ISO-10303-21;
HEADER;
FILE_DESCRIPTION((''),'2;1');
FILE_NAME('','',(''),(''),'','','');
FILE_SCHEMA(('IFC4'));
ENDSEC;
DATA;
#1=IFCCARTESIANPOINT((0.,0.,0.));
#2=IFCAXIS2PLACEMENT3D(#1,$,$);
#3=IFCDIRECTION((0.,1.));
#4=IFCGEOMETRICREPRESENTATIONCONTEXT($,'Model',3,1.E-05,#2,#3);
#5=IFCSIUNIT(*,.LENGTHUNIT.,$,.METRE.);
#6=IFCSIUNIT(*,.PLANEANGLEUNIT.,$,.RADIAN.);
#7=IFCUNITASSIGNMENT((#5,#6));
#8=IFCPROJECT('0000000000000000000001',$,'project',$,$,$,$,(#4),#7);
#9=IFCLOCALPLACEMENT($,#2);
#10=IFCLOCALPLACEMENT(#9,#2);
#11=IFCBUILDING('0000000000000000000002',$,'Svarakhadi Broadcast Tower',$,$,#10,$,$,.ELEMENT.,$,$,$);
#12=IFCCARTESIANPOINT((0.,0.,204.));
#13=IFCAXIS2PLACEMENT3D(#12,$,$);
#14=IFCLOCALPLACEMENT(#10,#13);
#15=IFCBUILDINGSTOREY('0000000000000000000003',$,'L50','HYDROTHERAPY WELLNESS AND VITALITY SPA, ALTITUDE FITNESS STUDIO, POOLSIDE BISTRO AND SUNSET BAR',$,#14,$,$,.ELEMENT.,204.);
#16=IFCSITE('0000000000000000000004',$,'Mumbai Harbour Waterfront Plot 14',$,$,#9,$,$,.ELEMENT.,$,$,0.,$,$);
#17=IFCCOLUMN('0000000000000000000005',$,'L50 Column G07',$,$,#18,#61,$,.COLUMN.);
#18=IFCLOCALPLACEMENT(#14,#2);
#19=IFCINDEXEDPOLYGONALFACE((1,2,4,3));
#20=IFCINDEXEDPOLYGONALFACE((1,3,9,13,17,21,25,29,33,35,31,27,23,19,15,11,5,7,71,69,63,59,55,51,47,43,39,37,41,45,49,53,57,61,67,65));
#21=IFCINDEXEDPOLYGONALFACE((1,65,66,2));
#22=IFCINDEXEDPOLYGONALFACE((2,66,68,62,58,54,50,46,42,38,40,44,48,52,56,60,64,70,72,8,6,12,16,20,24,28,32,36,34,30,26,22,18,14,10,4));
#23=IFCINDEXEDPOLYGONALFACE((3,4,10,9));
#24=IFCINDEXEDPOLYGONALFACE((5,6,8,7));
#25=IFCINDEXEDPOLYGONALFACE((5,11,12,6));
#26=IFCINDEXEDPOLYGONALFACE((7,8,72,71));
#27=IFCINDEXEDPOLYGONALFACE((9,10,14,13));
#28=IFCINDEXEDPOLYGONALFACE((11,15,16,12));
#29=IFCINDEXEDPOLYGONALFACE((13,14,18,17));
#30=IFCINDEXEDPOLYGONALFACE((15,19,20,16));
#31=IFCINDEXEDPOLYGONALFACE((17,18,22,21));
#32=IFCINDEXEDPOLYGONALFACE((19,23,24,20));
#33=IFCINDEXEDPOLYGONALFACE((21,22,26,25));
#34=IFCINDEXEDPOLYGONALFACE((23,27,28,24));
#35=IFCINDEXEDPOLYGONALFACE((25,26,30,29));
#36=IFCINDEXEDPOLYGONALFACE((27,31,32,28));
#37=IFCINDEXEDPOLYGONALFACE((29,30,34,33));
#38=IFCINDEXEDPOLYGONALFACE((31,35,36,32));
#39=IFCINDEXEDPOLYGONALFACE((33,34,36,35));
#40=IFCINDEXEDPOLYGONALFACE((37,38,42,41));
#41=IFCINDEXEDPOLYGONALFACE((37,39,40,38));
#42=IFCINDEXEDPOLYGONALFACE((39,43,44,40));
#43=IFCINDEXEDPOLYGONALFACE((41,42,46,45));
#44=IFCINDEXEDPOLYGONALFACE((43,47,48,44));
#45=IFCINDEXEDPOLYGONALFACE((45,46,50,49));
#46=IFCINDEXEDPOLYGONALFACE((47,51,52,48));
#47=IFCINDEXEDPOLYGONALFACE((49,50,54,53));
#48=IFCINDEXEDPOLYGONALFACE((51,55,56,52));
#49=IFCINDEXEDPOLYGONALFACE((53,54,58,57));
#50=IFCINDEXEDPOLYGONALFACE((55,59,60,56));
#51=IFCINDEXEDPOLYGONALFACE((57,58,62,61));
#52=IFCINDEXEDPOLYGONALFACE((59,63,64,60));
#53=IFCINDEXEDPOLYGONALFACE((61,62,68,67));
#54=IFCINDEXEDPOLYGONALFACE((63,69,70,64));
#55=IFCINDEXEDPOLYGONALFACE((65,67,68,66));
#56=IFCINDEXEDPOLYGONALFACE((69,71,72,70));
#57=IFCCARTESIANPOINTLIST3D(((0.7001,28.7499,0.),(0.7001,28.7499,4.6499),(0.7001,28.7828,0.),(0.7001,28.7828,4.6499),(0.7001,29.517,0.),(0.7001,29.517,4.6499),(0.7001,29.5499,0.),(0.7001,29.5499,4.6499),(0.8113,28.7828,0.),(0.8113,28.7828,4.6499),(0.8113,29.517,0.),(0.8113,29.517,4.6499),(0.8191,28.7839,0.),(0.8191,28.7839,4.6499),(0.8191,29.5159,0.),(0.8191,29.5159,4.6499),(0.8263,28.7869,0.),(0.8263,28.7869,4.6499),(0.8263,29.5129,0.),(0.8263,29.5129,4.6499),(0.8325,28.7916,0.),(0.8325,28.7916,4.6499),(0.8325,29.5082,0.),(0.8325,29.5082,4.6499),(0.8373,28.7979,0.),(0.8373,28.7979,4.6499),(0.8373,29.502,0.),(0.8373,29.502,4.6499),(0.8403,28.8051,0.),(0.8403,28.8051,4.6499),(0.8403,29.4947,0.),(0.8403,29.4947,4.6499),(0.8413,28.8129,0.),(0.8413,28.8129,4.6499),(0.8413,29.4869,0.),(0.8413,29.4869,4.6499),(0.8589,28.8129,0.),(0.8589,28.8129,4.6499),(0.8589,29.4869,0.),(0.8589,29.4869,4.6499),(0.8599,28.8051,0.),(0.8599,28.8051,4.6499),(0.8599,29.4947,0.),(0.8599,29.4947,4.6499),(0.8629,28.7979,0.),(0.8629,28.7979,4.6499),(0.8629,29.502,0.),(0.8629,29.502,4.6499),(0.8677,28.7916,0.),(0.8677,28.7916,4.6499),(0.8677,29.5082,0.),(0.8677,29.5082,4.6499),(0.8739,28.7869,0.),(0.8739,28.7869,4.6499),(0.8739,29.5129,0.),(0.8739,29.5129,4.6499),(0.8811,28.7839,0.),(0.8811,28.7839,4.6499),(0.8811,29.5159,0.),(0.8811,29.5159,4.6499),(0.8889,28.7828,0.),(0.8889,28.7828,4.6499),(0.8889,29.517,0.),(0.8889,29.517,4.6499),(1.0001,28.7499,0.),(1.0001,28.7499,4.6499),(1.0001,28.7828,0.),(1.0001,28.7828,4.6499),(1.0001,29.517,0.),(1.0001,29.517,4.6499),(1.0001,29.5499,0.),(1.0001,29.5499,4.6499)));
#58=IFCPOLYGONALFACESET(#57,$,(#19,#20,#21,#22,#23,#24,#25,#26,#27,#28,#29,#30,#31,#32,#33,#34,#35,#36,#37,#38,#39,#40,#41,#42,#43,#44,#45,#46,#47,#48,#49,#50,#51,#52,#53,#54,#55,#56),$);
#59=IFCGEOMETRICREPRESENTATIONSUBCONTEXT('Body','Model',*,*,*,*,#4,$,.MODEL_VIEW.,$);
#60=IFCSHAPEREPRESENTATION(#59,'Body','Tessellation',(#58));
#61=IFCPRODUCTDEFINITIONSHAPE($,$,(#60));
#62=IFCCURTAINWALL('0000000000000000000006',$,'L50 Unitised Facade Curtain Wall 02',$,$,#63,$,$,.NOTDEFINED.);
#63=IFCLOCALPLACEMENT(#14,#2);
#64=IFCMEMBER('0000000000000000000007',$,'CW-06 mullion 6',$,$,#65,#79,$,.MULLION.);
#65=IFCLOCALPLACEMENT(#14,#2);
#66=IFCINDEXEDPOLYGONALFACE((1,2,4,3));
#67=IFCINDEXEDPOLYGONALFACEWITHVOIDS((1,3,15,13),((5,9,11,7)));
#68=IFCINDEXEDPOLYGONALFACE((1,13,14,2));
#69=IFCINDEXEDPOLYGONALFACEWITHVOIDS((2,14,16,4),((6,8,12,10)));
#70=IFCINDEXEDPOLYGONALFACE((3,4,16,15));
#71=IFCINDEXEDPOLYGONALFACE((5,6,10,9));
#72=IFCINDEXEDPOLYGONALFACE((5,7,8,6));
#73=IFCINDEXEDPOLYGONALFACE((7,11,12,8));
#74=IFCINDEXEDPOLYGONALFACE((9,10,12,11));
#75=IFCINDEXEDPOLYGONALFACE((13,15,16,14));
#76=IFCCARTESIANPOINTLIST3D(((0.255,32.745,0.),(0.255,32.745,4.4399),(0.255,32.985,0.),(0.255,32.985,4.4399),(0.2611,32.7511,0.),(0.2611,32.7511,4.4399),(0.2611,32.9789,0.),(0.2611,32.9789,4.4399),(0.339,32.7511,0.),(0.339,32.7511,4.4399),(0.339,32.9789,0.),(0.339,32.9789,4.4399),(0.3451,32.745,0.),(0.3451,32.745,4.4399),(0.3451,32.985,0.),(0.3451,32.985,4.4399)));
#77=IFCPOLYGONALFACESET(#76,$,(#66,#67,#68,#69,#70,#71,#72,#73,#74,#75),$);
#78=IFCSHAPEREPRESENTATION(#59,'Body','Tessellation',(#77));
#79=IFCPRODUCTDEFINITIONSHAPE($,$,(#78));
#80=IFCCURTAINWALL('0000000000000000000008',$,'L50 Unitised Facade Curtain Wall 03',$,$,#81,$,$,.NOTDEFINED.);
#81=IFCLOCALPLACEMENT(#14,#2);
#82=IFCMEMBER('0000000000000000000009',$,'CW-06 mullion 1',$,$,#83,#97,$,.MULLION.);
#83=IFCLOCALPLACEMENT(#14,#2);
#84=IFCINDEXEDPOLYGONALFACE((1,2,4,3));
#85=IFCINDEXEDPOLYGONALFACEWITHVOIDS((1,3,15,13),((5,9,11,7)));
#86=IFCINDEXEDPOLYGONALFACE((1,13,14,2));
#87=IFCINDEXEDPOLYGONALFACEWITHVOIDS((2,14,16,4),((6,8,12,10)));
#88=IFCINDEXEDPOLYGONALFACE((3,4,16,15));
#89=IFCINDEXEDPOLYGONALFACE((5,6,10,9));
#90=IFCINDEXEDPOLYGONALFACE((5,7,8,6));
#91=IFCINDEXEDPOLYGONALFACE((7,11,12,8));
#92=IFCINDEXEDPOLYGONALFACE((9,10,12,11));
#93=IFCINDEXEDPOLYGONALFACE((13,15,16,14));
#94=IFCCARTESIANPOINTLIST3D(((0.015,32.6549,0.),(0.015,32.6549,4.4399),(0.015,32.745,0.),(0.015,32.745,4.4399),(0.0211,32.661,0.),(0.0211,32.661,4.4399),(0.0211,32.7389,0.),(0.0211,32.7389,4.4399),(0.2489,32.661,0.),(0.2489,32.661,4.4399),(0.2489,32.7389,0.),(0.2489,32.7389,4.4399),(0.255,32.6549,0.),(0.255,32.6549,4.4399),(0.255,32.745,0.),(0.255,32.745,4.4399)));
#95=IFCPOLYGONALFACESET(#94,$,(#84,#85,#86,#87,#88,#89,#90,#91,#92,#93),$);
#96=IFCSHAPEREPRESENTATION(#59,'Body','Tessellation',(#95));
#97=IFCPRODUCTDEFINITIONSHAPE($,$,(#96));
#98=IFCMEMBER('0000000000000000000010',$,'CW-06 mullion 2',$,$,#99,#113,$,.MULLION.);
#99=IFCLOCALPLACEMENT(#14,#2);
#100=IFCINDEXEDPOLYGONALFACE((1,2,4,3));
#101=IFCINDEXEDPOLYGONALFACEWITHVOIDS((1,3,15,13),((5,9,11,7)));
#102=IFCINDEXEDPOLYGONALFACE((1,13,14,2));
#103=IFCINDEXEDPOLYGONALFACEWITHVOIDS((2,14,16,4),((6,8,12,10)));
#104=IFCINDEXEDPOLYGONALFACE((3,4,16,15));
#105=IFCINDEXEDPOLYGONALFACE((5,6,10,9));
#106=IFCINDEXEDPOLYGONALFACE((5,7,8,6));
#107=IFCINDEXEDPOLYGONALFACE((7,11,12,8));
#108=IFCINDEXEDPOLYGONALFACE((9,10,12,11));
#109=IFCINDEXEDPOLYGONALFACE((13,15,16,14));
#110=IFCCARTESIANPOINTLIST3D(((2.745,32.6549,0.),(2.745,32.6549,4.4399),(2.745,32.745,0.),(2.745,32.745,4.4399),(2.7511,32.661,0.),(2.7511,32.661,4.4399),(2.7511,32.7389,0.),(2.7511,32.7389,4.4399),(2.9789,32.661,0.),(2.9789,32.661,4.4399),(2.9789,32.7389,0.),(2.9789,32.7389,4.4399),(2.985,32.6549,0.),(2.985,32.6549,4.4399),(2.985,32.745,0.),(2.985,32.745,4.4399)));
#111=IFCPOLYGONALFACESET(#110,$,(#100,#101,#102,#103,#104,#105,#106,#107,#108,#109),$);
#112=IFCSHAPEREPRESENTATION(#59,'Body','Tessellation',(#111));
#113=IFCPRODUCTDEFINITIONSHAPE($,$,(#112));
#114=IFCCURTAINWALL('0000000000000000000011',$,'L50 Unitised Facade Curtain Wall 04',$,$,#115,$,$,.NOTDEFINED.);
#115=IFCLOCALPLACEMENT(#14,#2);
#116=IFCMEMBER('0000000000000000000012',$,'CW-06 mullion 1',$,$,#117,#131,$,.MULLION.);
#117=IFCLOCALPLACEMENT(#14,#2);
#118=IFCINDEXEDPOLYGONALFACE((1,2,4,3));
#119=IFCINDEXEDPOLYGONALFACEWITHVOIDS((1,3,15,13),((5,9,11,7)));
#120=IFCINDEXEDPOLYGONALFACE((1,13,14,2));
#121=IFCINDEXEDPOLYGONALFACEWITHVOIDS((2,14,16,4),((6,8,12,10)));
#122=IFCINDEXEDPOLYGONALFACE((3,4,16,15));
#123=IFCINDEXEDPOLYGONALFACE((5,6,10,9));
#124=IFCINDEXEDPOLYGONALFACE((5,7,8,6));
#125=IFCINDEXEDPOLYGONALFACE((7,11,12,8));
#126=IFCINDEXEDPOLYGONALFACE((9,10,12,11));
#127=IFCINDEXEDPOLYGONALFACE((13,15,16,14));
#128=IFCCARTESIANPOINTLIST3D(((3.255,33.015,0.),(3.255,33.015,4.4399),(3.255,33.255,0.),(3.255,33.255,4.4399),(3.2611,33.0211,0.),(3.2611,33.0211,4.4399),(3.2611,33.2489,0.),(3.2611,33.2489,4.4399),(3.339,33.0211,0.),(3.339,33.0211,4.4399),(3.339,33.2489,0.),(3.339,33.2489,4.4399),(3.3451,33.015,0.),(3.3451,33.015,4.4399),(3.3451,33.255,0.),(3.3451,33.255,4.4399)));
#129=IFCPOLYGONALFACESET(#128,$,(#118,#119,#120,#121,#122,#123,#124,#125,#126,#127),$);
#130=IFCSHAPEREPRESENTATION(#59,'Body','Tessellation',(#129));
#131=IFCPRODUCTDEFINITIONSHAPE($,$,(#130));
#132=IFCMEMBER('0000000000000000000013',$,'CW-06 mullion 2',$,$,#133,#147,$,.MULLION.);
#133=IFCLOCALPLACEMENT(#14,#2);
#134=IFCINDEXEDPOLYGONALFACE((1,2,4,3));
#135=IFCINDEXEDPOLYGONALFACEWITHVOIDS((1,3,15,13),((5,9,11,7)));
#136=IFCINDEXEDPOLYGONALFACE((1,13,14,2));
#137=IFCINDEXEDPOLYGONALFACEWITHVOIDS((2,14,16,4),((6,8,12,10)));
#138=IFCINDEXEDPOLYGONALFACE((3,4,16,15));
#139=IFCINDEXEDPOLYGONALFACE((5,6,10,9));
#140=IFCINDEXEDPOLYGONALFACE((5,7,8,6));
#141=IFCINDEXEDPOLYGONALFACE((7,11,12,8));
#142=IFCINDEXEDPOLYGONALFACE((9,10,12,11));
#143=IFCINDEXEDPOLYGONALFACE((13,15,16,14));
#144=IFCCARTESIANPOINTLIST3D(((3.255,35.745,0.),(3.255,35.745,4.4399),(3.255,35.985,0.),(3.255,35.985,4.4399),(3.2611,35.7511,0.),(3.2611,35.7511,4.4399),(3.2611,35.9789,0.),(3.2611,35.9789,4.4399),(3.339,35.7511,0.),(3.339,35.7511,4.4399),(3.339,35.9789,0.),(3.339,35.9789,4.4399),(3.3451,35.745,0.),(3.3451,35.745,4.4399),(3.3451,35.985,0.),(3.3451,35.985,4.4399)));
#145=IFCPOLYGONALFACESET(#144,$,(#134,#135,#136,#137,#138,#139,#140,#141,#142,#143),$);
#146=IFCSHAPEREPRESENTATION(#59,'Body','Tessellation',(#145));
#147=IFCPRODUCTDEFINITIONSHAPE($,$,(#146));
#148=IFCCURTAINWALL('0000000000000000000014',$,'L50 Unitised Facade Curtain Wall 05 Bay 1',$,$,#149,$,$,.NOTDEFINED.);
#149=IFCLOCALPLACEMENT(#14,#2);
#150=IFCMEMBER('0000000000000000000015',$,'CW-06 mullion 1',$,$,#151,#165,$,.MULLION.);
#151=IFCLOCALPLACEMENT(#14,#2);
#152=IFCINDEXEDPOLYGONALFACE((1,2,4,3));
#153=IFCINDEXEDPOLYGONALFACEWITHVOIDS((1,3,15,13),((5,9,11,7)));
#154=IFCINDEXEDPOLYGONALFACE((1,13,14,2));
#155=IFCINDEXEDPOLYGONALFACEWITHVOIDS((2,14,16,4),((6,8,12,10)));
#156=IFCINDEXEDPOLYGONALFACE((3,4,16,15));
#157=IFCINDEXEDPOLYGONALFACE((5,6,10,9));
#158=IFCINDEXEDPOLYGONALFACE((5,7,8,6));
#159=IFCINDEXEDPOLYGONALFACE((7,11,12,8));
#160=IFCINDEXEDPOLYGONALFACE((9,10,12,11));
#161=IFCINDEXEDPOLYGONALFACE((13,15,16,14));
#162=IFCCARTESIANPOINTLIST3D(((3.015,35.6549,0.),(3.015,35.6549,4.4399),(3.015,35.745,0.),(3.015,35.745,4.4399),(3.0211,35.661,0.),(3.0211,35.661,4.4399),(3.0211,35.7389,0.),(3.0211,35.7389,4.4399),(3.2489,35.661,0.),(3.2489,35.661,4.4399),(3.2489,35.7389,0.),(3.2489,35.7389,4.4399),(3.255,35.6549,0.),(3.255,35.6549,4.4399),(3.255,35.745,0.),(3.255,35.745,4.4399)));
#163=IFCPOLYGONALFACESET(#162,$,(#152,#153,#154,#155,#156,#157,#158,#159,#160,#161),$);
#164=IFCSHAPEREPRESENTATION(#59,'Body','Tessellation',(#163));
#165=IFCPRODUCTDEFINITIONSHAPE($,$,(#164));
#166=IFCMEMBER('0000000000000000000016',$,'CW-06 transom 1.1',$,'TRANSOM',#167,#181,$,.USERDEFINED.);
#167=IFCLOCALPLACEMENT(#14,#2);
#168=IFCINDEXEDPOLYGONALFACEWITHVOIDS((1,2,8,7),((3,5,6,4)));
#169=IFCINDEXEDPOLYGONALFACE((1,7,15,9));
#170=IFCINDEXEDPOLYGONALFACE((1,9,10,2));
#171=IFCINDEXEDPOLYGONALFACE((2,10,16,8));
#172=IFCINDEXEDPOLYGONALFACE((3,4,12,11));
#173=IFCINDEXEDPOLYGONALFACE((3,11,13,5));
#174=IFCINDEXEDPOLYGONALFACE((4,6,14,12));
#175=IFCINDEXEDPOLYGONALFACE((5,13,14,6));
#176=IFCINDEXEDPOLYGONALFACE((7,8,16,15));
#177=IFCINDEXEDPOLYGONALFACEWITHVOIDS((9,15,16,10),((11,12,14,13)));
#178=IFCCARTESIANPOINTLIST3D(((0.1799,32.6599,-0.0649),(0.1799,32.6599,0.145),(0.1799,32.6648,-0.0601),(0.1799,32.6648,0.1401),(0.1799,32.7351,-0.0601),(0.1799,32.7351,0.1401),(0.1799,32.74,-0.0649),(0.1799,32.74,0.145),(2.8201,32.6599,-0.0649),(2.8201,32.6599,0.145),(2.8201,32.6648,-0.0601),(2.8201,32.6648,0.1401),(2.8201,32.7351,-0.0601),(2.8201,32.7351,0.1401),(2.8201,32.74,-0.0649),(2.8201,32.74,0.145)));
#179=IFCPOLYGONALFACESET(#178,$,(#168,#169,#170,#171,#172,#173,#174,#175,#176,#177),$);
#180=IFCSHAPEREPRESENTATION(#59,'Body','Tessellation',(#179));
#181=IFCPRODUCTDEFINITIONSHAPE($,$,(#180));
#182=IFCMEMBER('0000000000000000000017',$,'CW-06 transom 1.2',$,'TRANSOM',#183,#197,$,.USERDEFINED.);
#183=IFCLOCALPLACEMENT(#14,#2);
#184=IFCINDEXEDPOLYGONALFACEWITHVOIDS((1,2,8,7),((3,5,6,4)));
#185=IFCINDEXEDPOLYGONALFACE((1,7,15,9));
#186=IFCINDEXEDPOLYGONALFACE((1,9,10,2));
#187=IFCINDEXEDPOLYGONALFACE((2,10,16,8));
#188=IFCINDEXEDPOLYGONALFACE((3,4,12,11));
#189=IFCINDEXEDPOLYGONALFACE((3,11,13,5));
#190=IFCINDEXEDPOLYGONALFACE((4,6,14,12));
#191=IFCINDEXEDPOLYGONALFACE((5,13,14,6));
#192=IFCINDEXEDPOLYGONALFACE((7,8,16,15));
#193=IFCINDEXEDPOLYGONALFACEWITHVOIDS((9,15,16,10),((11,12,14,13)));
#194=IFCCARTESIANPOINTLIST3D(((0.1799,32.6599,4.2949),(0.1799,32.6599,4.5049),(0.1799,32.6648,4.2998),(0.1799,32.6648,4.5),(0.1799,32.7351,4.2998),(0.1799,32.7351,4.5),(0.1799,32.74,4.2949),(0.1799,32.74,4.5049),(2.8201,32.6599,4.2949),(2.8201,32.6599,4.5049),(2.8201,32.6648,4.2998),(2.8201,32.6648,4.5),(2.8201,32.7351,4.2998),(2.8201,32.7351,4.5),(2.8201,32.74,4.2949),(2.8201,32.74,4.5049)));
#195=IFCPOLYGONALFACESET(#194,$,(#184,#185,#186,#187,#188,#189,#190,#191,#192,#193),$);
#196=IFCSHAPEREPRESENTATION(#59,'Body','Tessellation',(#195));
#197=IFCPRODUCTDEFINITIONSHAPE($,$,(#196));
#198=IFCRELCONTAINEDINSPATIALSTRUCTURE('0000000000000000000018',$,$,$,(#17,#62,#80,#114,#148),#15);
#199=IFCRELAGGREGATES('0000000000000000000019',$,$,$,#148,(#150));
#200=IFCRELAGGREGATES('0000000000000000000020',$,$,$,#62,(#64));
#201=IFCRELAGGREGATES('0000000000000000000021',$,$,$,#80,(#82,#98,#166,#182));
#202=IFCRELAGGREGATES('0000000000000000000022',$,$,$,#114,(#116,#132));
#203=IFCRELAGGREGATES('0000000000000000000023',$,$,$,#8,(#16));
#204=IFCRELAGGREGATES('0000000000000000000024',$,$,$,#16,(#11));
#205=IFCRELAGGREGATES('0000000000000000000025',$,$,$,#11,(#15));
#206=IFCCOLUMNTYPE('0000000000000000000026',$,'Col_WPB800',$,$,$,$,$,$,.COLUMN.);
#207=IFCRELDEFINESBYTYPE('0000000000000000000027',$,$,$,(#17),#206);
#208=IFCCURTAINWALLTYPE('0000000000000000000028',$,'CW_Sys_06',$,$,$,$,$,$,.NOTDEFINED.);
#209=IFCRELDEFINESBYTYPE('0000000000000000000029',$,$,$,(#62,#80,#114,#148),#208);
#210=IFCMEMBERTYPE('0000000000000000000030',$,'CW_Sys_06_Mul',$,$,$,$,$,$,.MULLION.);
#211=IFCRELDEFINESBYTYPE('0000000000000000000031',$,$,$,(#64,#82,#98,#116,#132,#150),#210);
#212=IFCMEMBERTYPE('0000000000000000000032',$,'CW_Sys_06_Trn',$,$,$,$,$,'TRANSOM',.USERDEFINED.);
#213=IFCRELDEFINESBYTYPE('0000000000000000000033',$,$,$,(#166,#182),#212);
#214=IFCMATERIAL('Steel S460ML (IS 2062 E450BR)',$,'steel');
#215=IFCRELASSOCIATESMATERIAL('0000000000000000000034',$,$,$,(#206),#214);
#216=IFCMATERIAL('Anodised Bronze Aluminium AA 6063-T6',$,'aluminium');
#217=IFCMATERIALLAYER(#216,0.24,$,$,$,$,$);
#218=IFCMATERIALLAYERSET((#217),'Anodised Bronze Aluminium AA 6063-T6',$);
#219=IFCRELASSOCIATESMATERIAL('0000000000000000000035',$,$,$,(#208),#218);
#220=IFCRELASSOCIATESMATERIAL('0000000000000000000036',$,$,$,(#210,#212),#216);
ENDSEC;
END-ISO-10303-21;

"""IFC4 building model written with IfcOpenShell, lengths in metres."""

from ifc_helpers import new_model, si_unit, direction, frame, origin, origin_2d, place, context, subcontext, project, spatial, hollow_rectangle, i_section, extrude, material, layer, layer_set, material_profile, profile_set, type_object, element, aggregate, save


model = new_model("IFC4")

# Units and contexts
model_context = context("Model", 3, precision=1e-05, world=origin(), true_north=direction((0.0, 1.0)))
body_context = subcontext(model_context, "Body", "Model", "MODEL_VIEW")
ifc_project = project(units=[si_unit("LENGTHUNIT", "METRE"), si_unit("PLANEANGLEUNIT", "RADIAN")], contexts=[model_context])

# Site, building, storey
site_placement = place(None, origin())
site = spatial("IfcSite", under=ifc_project, at=site_placement, Name="Mumbai Harbour Waterfront Plot 14", CompositionType="ELEMENT", RefElevation=0.0)
building_placement = place(site_placement, origin())
building = spatial("IfcBuilding", under=site, at=building_placement, Name="Svarakhadi Broadcast Tower", CompositionType="ELEMENT")
storey_placement = place(building_placement, frame((0.0, 0.0, 204.0)))
storey = spatial("IfcBuildingStorey", under=building, at=storey_placement, Name="L50", Description="HYDROTHERAPY WELLNESS AND VITALITY SPA, ALTITUDE FITNESS STUDIO, POOLSIDE BISTRO AND SUNSET BAR", CompositionType="ELEMENT", Elevation=204.0)

# Column
ifc_material_1 = material(Name="Steel S460ML (IS 2062 E450BR)", Category="steel")
ifc_material_profile_1 = material_profile(ifc_material_1, i_section(OverallWidth=0.3, OverallDepth=0.8, WebThickness=0.0176, FlangeThickness=0.033, FilletRadius=0.03, at=origin_2d()), Name="WPB 800x300x262")
ifc_profile_set_1 = profile_set([ifc_material_profile_1], Name="Steel S460ML (IS 2062 E450BR)")
column_type = type_object("IfcColumnType", Name="Col_WPB800", PredefinedType="COLUMN", material=ifc_profile_set_1)
column_placement = place(storey_placement, frame((0.8501, 29.1499, 0.0), z_axis=(0.0, 0.0, 1.0), x_axis=(1.0, 0.0, 0.0)))
element("IfcColumn", 1, at=column_placement, inside=storey, type_object=column_type, Name="L50 Column G07", PredefinedType="COLUMN", context=body_context, shape_type="SweptSolid", body=[
    extrude(i_section(OverallWidth=0.3, OverallDepth=0.8, WebThickness=0.0176, FlangeThickness=0.033, FilletRadius=0.03, at=origin_2d()), origin(), (0.0, 0.0, 1.0), 4.6499),
])

# Curtain wall, member
ifc_material_2 = material(Name="Anodised Bronze Aluminium AA 6063-T6", Category="aluminium")
ifc_layer_1 = layer(ifc_material_2, 0.24)
ifc_layer_set_1 = layer_set([ifc_layer_1], Name="Anodised Bronze Aluminium AA 6063-T6")
curtain_wall_type = type_object("IfcCurtainWallType", Name="CW_Sys_06", PredefinedType="NOTDEFINED", material=ifc_layer_set_1)
curtain_wall_1_placement = place(storey_placement, origin())
curtain_wall_1 = element("IfcCurtainWall", 2, at=curtain_wall_1_placement, inside=storey, type_object=curtain_wall_type, Name="L50 Unitised Facade Curtain Wall 02", PredefinedType="NOTDEFINED")
ifc_material_profile_2 = material_profile(ifc_material_2, hollow_rectangle(XDim=0.0901, YDim=0.24, WallThickness=0.0061, at=origin_2d()), Name="ALU MULLION 240x90x6")
ifc_profile_set_2 = profile_set([ifc_material_profile_2], Name="Anodised Bronze Aluminium AA 6063-T6")
member_type_1 = type_object("IfcMemberType", Name="CW_Sys_06_Mul", PredefinedType="MULLION", material=ifc_profile_set_2)
member_1_placement = place(storey_placement, frame((0.3, 32.865, 0.0), z_axis=(0.0, 0.0, 1.0), x_axis=(-1.0, 0.0, 0.0)))
member_1 = element("IfcMember", 3, at=member_1_placement, type_object=member_type_1, Name="CW-06 mullion 6", PredefinedType="MULLION", context=body_context, shape_type="SweptSolid", body=[
    extrude(hollow_rectangle(XDim=0.0901, YDim=0.24, WallThickness=0.0061, at=origin_2d()), origin(), (0.0, 0.0, 1.0), 4.4399),
])

# Curtain walls, members
curtain_wall_2_placement = place(storey_placement, origin())
curtain_wall_2 = element("IfcCurtainWall", 4, at=curtain_wall_2_placement, inside=storey, type_object=curtain_wall_type, Name="L50 Unitised Facade Curtain Wall 03", PredefinedType="NOTDEFINED")
member_2_placement = place(storey_placement, frame((0.135, 32.7, 0.0), z_axis=(0.0, 0.0, 1.0), x_axis=(0.0, 1.0, 0.0)))
member_2 = element("IfcMember", 5, at=member_2_placement, type_object=member_type_1, Name="CW-06 mullion 1", PredefinedType="MULLION", context=body_context, shape_type="SweptSolid", body=[
    extrude(hollow_rectangle(XDim=0.0901, YDim=0.24, WallThickness=0.0061, at=origin_2d()), origin(), (0.0, 0.0, 1.0), 4.4399),
])
member_3_placement = place(storey_placement, frame((2.865, 32.7, 0.0), z_axis=(0.0, 0.0, 1.0), x_axis=(0.0, 1.0, 0.0)))
member_3 = element("IfcMember", 6, at=member_3_placement, type_object=member_type_1, Name="CW-06 mullion 2", PredefinedType="MULLION", context=body_context, shape_type="SweptSolid", body=[
    extrude(hollow_rectangle(XDim=0.0901, YDim=0.24, WallThickness=0.0061, at=origin_2d()), origin(), (0.0, 0.0, 1.0), 4.4399),
])
curtain_wall_3_placement = place(storey_placement, origin())
curtain_wall_3 = element("IfcCurtainWall", 7, at=curtain_wall_3_placement, inside=storey, type_object=curtain_wall_type, Name="L50 Unitised Facade Curtain Wall 04", PredefinedType="NOTDEFINED")
member_4_placement = place(storey_placement, frame((3.3, 33.135, 0.0), z_axis=(0.0, 0.0, 1.0), x_axis=(-1.0, 0.0, 0.0)))
member_4 = element("IfcMember", 8, at=member_4_placement, type_object=member_type_1, Name="CW-06 mullion 1", PredefinedType="MULLION", context=body_context, shape_type="SweptSolid", body=[
    extrude(hollow_rectangle(XDim=0.0901, YDim=0.24, WallThickness=0.0061, at=origin_2d()), origin(), (0.0, 0.0, 1.0), 4.4399),
])
member_5_placement = place(storey_placement, frame((3.3, 35.865, 0.0), z_axis=(0.0, 0.0, 1.0), x_axis=(-1.0, 0.0, 0.0)))
member_5 = element("IfcMember", 9, at=member_5_placement, type_object=member_type_1, Name="CW-06 mullion 2", PredefinedType="MULLION", context=body_context, shape_type="SweptSolid", body=[
    extrude(hollow_rectangle(XDim=0.0901, YDim=0.24, WallThickness=0.0061, at=origin_2d()), origin(), (0.0, 0.0, 1.0), 4.4399),
])

# Curtain wall, member
curtain_wall_4_placement = place(storey_placement, origin())
curtain_wall_4 = element("IfcCurtainWall", 10, at=curtain_wall_4_placement, inside=storey, type_object=curtain_wall_type, Name="L50 Unitised Facade Curtain Wall 05 Bay 1", PredefinedType="NOTDEFINED")
member_6_placement = place(storey_placement, frame((3.135, 35.7, 0.0), z_axis=(0.0, 0.0, 1.0), x_axis=(0.0, 1.0, 0.0)))
member_6 = element("IfcMember", 11, at=member_6_placement, type_object=member_type_1, Name="CW-06 mullion 1", PredefinedType="MULLION", context=body_context, shape_type="SweptSolid", body=[
    extrude(hollow_rectangle(XDim=0.0901, YDim=0.24, WallThickness=0.0061, at=origin_2d()), origin(), (0.0, 0.0, 1.0), 4.4399),
])

# Members
ifc_material_profile_3 = material_profile(ifc_material_2, hollow_rectangle(XDim=0.0801, YDim=0.21, WallThickness=0.0049, at=origin_2d()), Name="ALU TRANSOM 210x80x5")
ifc_profile_set_3 = profile_set([ifc_material_profile_3], Name="Anodised Bronze Aluminium AA 6063-T6")
member_type_2 = type_object("IfcMemberType", Name="CW_Sys_06_Trn", ElementType="TRANSOM", PredefinedType="USERDEFINED", material=ifc_profile_set_3)
member_7_placement = place(storey_placement, frame((0.1799, 32.7, 0.04), z_axis=(1.0, 0.0, 0.0), x_axis=(0.0, 1.0, 0.0)))
member_7 = element("IfcMember", 12, at=member_7_placement, type_object=member_type_2, Name="CW-06 transom 1.1", ObjectType="TRANSOM", PredefinedType="USERDEFINED", context=body_context, shape_type="SweptSolid", body=[
    extrude(hollow_rectangle(XDim=0.0801, YDim=0.21, WallThickness=0.0049, at=origin_2d()), origin(), (0.0, 0.0, 1.0), 2.6401),
])
member_8_placement = place(storey_placement, frame((0.1799, 32.7, 4.3999), z_axis=(1.0, 0.0, 0.0), x_axis=(0.0, 1.0, 0.0)))
member_8 = element("IfcMember", 13, at=member_8_placement, type_object=member_type_2, Name="CW-06 transom 1.2", ObjectType="TRANSOM", PredefinedType="USERDEFINED", context=body_context, shape_type="SweptSolid", body=[
    extrude(hollow_rectangle(XDim=0.0801, YDim=0.21, WallThickness=0.0049, at=origin_2d()), origin(), (0.0, 0.0, 1.0), 2.6401),
])
aggregate(curtain_wall_4, [member_6])

aggregate(curtain_wall_1, [member_1])
aggregate(curtain_wall_2, [member_2, member_3, member_7, member_8])
aggregate(curtain_wall_3, [member_4, member_5])

save(model, "model.ifc")
